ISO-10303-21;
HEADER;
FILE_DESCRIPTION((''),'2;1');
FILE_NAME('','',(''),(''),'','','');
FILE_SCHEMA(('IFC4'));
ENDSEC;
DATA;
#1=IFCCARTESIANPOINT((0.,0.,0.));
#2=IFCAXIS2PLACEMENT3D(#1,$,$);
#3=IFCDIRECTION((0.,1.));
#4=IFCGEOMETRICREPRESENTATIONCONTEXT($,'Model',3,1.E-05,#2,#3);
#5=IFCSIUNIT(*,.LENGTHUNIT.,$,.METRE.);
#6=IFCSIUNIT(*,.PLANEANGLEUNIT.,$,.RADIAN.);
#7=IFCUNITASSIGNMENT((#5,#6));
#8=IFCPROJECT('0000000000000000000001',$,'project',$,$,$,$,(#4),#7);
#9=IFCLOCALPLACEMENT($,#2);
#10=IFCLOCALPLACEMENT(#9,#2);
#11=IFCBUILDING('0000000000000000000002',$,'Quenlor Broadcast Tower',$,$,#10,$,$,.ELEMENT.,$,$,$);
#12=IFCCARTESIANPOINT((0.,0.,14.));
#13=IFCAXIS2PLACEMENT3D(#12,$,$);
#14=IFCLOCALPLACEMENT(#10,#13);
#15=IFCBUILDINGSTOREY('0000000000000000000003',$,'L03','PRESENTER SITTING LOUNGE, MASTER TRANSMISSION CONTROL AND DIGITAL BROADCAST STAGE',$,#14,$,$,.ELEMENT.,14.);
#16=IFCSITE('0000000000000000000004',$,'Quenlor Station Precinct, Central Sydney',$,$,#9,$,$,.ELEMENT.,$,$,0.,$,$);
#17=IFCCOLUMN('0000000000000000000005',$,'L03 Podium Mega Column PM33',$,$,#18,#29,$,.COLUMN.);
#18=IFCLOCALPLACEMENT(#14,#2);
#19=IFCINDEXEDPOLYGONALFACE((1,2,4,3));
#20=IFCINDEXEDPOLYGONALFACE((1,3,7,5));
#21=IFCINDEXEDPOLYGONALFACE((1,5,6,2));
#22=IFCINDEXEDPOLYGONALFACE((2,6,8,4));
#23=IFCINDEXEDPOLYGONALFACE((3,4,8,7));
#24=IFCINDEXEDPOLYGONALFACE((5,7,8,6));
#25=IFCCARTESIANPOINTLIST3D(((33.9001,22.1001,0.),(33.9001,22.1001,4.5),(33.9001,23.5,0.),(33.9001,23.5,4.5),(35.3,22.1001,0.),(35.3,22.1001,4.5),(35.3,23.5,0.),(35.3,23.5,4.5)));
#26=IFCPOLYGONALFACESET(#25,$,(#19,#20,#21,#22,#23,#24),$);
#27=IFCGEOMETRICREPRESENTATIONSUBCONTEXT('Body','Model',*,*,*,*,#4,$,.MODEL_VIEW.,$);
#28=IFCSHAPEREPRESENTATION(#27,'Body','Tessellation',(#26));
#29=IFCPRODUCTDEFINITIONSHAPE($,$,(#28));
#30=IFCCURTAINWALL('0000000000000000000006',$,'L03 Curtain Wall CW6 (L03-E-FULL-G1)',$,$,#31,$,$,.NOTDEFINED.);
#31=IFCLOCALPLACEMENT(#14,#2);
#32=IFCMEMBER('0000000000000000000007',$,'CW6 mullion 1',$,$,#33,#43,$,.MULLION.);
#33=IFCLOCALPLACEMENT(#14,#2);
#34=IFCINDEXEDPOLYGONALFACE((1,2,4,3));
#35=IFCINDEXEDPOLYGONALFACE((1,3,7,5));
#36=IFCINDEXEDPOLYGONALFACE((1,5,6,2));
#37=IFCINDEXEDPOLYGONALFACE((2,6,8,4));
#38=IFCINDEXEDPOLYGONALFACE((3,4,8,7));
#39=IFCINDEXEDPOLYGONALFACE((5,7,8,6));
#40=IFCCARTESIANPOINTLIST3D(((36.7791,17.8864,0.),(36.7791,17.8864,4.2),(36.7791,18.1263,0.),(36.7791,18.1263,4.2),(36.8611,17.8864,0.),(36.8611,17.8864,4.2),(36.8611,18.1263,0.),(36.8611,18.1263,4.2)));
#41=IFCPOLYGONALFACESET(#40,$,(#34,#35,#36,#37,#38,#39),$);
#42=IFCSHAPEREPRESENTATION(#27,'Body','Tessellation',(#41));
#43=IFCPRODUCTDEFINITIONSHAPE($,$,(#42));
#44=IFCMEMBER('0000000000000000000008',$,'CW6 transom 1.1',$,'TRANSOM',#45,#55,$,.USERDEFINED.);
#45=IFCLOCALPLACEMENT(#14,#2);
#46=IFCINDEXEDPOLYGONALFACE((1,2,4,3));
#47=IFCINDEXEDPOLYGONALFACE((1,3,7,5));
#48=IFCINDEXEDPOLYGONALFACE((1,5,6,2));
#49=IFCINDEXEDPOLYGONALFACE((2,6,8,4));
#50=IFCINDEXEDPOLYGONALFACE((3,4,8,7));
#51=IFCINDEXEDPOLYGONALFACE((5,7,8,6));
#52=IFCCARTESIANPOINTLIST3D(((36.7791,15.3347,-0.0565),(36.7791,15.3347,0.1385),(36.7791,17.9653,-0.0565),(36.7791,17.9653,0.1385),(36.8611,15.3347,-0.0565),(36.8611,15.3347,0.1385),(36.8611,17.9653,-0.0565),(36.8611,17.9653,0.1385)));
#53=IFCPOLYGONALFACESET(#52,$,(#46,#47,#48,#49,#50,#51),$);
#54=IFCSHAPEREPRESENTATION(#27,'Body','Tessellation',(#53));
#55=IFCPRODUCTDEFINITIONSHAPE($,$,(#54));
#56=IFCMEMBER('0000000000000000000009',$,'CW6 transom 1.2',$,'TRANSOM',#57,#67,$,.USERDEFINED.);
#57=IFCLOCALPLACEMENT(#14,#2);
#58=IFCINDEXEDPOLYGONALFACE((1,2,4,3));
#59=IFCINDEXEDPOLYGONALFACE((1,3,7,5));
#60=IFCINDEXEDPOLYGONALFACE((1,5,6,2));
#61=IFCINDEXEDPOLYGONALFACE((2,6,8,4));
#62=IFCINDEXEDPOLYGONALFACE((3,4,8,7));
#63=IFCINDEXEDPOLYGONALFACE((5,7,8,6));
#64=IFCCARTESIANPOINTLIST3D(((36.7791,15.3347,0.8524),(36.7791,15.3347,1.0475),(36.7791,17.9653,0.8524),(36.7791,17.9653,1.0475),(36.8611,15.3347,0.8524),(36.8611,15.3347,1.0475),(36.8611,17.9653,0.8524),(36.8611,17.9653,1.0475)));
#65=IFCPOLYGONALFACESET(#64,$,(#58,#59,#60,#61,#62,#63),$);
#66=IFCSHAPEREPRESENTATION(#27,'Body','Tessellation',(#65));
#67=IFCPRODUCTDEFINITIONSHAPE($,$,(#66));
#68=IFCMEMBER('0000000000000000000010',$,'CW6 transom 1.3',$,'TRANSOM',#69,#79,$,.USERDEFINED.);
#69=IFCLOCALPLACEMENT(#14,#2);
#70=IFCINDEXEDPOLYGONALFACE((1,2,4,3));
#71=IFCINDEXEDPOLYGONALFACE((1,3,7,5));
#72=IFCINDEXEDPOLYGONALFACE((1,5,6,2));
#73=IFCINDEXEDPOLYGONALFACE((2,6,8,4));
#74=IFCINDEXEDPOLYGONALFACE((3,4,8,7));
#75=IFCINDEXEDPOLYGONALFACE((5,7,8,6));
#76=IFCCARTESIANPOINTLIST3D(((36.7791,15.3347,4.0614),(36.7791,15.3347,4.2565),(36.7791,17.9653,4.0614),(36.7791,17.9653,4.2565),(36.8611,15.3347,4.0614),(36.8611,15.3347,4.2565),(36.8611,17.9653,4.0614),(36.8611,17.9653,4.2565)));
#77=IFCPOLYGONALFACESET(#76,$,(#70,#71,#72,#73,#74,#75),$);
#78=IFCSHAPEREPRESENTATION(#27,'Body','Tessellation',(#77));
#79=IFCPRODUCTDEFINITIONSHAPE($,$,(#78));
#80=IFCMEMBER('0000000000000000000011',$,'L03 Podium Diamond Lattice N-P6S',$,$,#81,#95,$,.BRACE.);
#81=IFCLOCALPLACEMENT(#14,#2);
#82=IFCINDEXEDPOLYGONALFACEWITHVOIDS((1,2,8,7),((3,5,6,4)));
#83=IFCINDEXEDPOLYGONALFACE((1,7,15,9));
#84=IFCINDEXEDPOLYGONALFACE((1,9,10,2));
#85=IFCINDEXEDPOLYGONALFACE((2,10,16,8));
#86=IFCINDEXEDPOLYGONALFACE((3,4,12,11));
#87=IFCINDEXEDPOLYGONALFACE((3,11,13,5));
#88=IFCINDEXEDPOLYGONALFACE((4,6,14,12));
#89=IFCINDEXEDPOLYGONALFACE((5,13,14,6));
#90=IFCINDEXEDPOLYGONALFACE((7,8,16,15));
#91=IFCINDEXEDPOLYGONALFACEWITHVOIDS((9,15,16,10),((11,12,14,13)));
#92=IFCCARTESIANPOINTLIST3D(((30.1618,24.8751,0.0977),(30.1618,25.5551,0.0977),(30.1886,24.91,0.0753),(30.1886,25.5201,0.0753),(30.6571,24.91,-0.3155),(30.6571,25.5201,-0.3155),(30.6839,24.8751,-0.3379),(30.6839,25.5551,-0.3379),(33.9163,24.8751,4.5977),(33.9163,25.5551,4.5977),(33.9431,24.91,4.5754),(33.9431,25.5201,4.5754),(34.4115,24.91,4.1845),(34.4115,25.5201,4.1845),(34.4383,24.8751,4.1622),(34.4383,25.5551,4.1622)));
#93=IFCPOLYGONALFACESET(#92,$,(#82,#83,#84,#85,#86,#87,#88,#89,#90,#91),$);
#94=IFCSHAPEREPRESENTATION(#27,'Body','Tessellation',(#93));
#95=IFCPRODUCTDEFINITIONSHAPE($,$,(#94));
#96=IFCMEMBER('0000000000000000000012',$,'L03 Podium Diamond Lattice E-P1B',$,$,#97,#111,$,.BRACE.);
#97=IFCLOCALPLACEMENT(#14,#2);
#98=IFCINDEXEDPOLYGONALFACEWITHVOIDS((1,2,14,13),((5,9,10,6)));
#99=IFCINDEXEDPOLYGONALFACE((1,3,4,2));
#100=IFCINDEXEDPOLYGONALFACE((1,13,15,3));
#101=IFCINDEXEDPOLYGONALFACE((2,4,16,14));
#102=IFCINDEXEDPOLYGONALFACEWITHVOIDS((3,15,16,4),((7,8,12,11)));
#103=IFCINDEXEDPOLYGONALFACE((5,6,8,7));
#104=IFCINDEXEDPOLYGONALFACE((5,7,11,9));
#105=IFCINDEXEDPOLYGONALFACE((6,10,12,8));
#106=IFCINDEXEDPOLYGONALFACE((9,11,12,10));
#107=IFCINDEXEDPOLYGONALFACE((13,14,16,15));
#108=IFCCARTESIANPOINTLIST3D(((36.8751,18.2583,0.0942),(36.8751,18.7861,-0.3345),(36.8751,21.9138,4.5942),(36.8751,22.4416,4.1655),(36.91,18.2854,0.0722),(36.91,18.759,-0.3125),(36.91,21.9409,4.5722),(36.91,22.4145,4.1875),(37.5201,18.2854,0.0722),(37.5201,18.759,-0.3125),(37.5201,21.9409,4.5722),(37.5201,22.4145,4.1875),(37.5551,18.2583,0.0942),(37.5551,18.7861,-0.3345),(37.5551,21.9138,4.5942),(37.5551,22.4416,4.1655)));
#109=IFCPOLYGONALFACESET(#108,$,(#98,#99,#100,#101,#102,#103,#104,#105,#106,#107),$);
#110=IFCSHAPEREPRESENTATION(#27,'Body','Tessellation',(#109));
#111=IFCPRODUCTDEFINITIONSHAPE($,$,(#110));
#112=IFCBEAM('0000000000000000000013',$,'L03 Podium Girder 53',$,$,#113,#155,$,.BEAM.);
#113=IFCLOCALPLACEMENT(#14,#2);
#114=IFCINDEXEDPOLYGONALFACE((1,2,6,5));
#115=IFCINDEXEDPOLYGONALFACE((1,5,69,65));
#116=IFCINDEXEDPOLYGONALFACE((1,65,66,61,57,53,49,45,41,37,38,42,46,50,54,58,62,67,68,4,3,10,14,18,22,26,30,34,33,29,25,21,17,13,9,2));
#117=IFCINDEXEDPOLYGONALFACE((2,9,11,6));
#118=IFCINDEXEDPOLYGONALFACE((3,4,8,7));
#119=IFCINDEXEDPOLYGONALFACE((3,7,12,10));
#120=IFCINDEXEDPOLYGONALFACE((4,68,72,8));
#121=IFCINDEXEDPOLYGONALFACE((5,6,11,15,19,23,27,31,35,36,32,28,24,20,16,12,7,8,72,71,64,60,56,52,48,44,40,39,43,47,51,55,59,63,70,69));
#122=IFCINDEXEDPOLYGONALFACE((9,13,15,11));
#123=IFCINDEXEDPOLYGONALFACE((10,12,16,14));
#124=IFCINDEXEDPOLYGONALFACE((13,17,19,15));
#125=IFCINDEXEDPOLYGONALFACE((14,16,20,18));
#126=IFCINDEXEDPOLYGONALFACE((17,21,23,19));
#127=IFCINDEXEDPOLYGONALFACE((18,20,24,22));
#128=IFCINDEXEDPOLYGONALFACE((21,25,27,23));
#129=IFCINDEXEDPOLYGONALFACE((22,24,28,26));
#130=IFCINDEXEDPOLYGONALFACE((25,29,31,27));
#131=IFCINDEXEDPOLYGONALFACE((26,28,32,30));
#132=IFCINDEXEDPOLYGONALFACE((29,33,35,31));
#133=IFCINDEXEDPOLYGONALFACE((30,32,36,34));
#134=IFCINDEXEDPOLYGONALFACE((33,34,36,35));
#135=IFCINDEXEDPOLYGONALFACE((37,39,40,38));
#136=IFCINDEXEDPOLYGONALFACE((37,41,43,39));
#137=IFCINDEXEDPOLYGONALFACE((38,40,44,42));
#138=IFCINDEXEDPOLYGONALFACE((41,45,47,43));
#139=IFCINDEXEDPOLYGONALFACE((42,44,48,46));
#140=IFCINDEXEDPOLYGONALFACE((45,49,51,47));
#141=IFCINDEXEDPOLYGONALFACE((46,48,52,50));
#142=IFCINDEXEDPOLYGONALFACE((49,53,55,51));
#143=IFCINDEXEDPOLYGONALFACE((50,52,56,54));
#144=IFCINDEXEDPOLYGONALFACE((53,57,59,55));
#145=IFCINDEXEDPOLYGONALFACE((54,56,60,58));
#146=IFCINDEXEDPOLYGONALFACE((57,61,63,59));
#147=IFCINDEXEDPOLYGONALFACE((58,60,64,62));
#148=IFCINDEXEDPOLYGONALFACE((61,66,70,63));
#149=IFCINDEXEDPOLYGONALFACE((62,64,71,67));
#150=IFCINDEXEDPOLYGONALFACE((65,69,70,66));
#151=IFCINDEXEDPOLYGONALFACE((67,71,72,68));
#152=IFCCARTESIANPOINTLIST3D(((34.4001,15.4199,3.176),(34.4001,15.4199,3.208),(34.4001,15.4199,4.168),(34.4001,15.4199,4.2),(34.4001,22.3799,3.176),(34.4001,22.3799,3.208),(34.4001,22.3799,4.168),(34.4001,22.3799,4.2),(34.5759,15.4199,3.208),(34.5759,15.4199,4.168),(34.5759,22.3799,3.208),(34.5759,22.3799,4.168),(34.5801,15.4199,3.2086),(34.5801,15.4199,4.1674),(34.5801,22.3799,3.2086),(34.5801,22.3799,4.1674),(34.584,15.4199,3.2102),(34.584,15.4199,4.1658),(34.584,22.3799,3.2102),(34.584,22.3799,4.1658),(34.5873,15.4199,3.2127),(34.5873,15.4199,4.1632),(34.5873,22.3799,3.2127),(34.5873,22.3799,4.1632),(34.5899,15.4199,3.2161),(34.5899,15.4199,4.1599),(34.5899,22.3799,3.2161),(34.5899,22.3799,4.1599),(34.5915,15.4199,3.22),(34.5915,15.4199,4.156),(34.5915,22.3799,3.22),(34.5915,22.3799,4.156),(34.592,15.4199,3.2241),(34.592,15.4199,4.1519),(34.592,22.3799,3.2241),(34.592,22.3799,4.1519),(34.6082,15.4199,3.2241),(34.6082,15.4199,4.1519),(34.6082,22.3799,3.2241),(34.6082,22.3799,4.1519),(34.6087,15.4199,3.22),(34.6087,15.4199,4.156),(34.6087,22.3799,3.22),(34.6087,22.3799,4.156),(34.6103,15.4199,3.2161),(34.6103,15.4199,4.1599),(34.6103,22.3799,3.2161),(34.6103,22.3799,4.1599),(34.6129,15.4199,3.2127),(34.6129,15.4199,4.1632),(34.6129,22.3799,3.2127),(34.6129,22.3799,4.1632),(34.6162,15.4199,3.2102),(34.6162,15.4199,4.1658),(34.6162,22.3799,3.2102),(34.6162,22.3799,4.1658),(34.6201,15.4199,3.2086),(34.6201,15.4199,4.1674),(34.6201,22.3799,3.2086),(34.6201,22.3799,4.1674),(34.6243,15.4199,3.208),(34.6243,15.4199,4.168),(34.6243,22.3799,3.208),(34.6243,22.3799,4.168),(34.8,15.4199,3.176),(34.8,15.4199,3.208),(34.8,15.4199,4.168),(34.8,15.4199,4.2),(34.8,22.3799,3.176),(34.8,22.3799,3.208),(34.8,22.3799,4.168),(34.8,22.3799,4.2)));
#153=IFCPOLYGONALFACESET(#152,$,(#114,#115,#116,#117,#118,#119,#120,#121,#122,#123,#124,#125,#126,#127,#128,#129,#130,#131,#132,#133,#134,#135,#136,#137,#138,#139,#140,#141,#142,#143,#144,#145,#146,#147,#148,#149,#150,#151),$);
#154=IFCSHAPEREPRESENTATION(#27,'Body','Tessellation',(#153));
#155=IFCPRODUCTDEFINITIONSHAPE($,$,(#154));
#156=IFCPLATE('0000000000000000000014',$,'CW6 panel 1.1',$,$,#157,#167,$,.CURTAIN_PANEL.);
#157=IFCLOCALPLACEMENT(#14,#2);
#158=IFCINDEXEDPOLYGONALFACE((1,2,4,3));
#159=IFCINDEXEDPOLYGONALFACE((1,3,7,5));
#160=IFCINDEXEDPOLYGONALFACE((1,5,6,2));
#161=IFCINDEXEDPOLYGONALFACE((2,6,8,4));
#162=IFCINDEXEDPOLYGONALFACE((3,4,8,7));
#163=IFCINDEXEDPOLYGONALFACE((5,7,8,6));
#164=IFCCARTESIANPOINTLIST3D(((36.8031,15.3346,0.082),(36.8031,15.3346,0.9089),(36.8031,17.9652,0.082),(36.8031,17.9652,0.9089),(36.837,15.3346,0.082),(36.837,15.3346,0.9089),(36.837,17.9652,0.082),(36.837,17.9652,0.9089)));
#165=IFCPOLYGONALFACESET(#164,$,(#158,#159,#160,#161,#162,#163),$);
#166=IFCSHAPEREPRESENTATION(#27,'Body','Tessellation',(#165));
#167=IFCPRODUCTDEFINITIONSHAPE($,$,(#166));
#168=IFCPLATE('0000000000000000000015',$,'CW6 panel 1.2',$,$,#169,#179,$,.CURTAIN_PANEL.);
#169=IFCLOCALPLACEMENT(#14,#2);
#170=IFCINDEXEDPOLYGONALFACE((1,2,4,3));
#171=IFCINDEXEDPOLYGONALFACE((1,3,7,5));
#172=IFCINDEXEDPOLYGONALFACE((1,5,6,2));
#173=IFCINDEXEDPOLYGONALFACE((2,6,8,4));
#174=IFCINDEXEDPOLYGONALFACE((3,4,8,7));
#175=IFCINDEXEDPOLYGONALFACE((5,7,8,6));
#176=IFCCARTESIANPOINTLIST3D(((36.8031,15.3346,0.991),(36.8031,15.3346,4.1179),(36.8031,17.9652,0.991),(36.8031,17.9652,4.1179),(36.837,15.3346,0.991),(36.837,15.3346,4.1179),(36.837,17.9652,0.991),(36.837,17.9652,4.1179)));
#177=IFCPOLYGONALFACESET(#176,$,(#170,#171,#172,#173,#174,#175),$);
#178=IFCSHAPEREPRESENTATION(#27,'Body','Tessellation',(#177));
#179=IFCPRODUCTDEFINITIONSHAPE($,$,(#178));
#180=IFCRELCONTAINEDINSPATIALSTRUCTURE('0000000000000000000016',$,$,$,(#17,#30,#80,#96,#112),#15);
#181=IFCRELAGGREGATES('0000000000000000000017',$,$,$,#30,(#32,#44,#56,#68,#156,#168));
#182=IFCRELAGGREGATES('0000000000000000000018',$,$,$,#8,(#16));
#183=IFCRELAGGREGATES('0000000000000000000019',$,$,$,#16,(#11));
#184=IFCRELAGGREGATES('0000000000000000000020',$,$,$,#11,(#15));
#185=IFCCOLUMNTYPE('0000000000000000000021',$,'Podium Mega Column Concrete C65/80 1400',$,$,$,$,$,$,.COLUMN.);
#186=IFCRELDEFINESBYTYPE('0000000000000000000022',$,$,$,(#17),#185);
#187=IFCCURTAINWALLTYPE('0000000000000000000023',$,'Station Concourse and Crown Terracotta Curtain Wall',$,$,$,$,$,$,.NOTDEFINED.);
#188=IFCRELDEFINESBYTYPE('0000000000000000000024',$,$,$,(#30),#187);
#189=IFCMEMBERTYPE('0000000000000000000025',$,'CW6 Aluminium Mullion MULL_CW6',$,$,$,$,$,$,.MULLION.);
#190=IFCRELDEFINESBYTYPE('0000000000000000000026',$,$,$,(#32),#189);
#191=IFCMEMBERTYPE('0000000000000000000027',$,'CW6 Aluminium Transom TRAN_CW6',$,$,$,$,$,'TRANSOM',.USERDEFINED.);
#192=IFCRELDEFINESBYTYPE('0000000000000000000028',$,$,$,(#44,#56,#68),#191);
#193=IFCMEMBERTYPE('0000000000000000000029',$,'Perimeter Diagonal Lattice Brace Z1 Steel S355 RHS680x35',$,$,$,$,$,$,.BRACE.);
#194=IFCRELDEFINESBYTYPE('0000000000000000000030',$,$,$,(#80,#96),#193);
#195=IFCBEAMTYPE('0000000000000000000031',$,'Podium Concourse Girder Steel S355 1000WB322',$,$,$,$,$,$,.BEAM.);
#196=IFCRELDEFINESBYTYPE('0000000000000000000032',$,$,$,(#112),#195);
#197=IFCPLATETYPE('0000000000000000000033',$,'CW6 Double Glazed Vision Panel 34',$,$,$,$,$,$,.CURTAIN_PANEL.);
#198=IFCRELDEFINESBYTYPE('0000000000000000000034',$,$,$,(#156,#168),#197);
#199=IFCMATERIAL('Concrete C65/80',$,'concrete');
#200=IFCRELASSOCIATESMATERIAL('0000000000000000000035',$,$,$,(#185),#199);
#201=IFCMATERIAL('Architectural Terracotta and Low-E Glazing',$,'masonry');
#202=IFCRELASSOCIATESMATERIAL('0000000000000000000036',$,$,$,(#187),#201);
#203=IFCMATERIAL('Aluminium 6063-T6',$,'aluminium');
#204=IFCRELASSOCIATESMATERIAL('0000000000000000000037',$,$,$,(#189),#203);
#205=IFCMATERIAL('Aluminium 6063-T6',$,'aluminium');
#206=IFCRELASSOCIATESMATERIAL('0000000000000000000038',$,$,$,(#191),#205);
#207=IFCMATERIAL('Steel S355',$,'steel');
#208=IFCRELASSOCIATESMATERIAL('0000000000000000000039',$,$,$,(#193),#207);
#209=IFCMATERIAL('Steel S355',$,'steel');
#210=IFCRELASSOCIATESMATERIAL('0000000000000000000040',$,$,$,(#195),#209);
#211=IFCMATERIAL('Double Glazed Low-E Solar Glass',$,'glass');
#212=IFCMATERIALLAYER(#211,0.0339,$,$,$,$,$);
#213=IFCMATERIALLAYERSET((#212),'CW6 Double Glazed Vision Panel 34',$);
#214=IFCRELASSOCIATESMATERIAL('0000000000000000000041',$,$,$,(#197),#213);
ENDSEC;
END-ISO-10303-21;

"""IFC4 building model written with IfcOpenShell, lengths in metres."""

from ifc_helpers import new_model, si_unit, direction, frame, origin, origin_2d, place, context, subcontext, project, spatial, rectangle, hollow_rectangle, i_section, extrude, material, layer, layer_set, material_profile, profile_set, type_object, element, aggregate, save


model = new_model("IFC4")

# Units and contexts
model_context = context("Model", 3, precision=1e-05, world=origin(), true_north=direction((0.0, 1.0)))
body_context = subcontext(model_context, "Body", "Model", "MODEL_VIEW")
ifc_project = project(units=[si_unit("LENGTHUNIT", "METRE"), si_unit("PLANEANGLEUNIT", "RADIAN")], contexts=[model_context])

# Site, building, storey
site_placement = place(None, origin())
site = spatial("IfcSite", under=ifc_project, at=site_placement, Name="Quenlor Station Precinct, Central Sydney", CompositionType="ELEMENT", RefElevation=0.0)
building_placement = place(site_placement, origin())
building = spatial("IfcBuilding", under=site, at=building_placement, Name="Quenlor Broadcast Tower", CompositionType="ELEMENT")
storey_placement = place(building_placement, frame((0.0, 0.0, 14.0)))
storey = spatial("IfcBuildingStorey", under=building, at=storey_placement, Name="L03", Description="PRESENTER SITTING LOUNGE, MASTER TRANSMISSION CONTROL AND DIGITAL BROADCAST STAGE", CompositionType="ELEMENT", Elevation=14.0)

# Column
ifc_material_1 = material(Name="Concrete C65/80", Category="concrete")
ifc_material_profile_1 = material_profile(ifc_material_1, rectangle(XDim=1.3999, YDim=1.3999, at=origin_2d()))
ifc_profile_set_1 = profile_set([ifc_material_profile_1], Name="Concrete C65/80 RC1400x1400")
column_type = type_object("IfcColumnType", Name="Podium Mega Column Concrete C65/80 1400", PredefinedType="COLUMN", material=ifc_profile_set_1)
column_placement = place(storey_placement, frame((34.6001, 22.8, 0.0), z_axis=(0.0, 0.0, 1.0), x_axis=(1.0, 0.0, 0.0)))
element("IfcColumn", 1, at=column_placement, inside=storey, type_object=column_type, Name="L03 Podium Mega Column PM33", PredefinedType="COLUMN", context=body_context, shape_type="SweptSolid", body=[
    extrude(rectangle(XDim=1.3999, YDim=1.3999, at=origin_2d()), origin(), (0.0, 0.0, 1.0), 4.5),
])

# Curtain wall, members
ifc_material_2 = material(Name="Architectural Terracotta and Low-E Glazing", Category="masonry")
curtain_wall_type = type_object("IfcCurtainWallType", Name="Station Concourse and Crown Terracotta Curtain Wall", PredefinedType="NOTDEFINED", material=ifc_material_2)
curtain_wall_placement = place(storey_placement, origin())
curtain_wall = element("IfcCurtainWall", 2, at=curtain_wall_placement, inside=storey, type_object=curtain_wall_type, Name="L03 Curtain Wall CW6 (L03-E-FULL-G1)", PredefinedType="NOTDEFINED")
ifc_material_3 = material(Name="Aluminium 6063-T6", Category="aluminium")
ifc_material_profile_2 = material_profile(ifc_material_3, rectangle(XDim=0.082, YDim=0.24, at=origin_2d()))
ifc_profile_set_2 = profile_set([ifc_material_profile_2], Name="Aluminium 6063-T6 MULL82x240")
member_type_1 = type_object("IfcMemberType", Name="CW6 Aluminium Mullion MULL_CW6", PredefinedType="MULLION", material=ifc_profile_set_2)
member_1_placement = place(storey_placement, frame((36.8201, 18.0063, 0.0), z_axis=(0.0, 0.0, 1.0), x_axis=(1.0, 0.0, 0.0)))
member_1 = element("IfcMember", 3, at=member_1_placement, type_object=member_type_1, Name="CW6 mullion 1", PredefinedType="MULLION", context=body_context, shape_type="SweptSolid", body=[
    extrude(rectangle(XDim=0.082, YDim=0.24, at=origin_2d()), origin(), (0.0, 0.0, 1.0), 4.2),
])
ifc_material_4 = material(Name="Aluminium 6063-T6", Category="aluminium")
ifc_material_profile_3 = material_profile(ifc_material_4, rectangle(XDim=0.082, YDim=0.1951, at=origin_2d()))
ifc_profile_set_3 = profile_set([ifc_material_profile_3], Name="Aluminium 6063-T6 TRAN82x195")
member_type_2 = type_object("IfcMemberType", Name="CW6 Aluminium Transom TRAN_CW6", ElementType="TRANSOM", PredefinedType="USERDEFINED", material=ifc_profile_set_3)
member_2_placement = place(storey_placement, frame((36.8201, 17.9653, 0.041), z_axis=(0.0, -1.0, 0.0), x_axis=(1.0, 0.0, 0.0)))
member_2 = element("IfcMember", 4, at=member_2_placement, type_object=member_type_2, Name="CW6 transom 1.1", ObjectType="TRANSOM", PredefinedType="USERDEFINED", context=body_context, shape_type="SweptSolid", body=[
    extrude(rectangle(XDim=0.082, YDim=0.1951, at=origin_2d()), origin(), (0.0, 0.0, 1.0), 2.6306),
])
member_3_placement = place(storey_placement, frame((36.8201, 17.9653, 0.95), z_axis=(0.0, -1.0, 0.0), x_axis=(1.0, 0.0, 0.0)))
member_3 = element("IfcMember", 5, at=member_3_placement, type_object=member_type_2, Name="CW6 transom 1.2", ObjectType="TRANSOM", PredefinedType="USERDEFINED", context=body_context, shape_type="SweptSolid", body=[
    extrude(rectangle(XDim=0.082, YDim=0.1951, at=origin_2d()), origin(), (0.0, 0.0, 1.0), 2.6306),
])
member_4_placement = place(storey_placement, frame((36.8201, 17.9653, 4.1589), z_axis=(0.0, -1.0, 0.0), x_axis=(1.0, 0.0, 0.0)))
member_4 = element("IfcMember", 6, at=member_4_placement, type_object=member_type_2, Name="CW6 transom 1.3", ObjectType="TRANSOM", PredefinedType="USERDEFINED", context=body_context, shape_type="SweptSolid", body=[
    extrude(rectangle(XDim=0.082, YDim=0.1951, at=origin_2d()), origin(), (0.0, 0.0, 1.0), 2.6306),
])

# Members
ifc_material_5 = material(Name="Steel S355", Category="steel")
ifc_material_profile_4 = material_profile(ifc_material_5, hollow_rectangle(XDim=0.6799, YDim=0.6799, WallThickness=0.0349, at=origin_2d()))
ifc_profile_set_4 = profile_set([ifc_material_profile_4], Name="Steel S355 RHS680x680x35")
member_type_3 = type_object("IfcMemberType", Name="Perimeter Diagonal Lattice Brace Z1 Steel S355 RHS680x35", PredefinedType="BRACE", material=ifc_profile_set_4)
member_5_placement = place(storey_placement, frame((30.4229, 25.2151, -0.1201), z_axis=(0.640627, 0.0, 0.767852), x_axis=(0.0, 1.0, 0.0)))
element("IfcMember", 7, at=member_5_placement, inside=storey, type_object=member_type_3, Name="L03 Podium Diamond Lattice N-P6S", PredefinedType="BRACE", context=body_context, shape_type="SweptSolid", body=[
    extrude(hollow_rectangle(XDim=0.6799, YDim=0.6799, WallThickness=0.0349, at=origin_2d()), origin(), (0.0, 0.0, 1.0), 5.8606),
])
member_6_placement = place(storey_placement, frame((37.2151, 18.5222, -0.1201), z_axis=(0.0, 0.630517, 0.776176), x_axis=(-1.0, 0.0, 0.0)))
element("IfcMember", 8, at=member_6_placement, inside=storey, type_object=member_type_3, Name="L03 Podium Diamond Lattice E-P1B", PredefinedType="BRACE", context=body_context, shape_type="SweptSolid", body=[
    extrude(hollow_rectangle(XDim=0.6799, YDim=0.6799, WallThickness=0.0349, at=origin_2d()), origin(), (0.0, 0.0, 1.0), 5.7976),
])

# Beam
ifc_material_6 = material(Name="Steel S355", Category="steel")
ifc_material_profile_5 = material_profile(ifc_material_6, i_section(OverallWidth=0.3999, OverallDepth=1.0239, WebThickness=0.0161, FlangeThickness=0.032, FilletRadius=0.0161, at=origin_2d()))
ifc_profile_set_5 = profile_set([ifc_material_profile_5], Name="Steel S355 1000WB322")
beam_type = type_object("IfcBeamType", Name="Podium Concourse Girder Steel S355 1000WB322", PredefinedType="BEAM", material=ifc_profile_set_5)
beam_placement = place(storey_placement, frame((34.6001, 15.4199, 3.688), z_axis=(0.0, 1.0, 0.0), x_axis=(-1.0, 0.0, 0.0)))
element("IfcBeam", 9, at=beam_placement, inside=storey, type_object=beam_type, Name="L03 Podium Girder 53", PredefinedType="BEAM", context=body_context, shape_type="SweptSolid", body=[
    extrude(i_section(OverallWidth=0.3999, OverallDepth=1.0239, WebThickness=0.0161, FlangeThickness=0.032, FilletRadius=0.0161, at=origin_2d()), origin(), (0.0, 0.0, 1.0), 6.96),
])

# Plates
ifc_material_7 = material(Name="Double Glazed Low-E Solar Glass", Category="glass")
ifc_layer_1 = layer(ifc_material_7, 0.0339)
ifc_layer_set_1 = layer_set([ifc_layer_1], Name="CW6 Double Glazed Vision Panel 34")
plate_type_1 = type_object("IfcPlateType", Name="CW6 Double Glazed Vision Panel 34", PredefinedType="CURTAIN_PANEL", material=ifc_layer_set_1)
plate_1_placement = place(storey_placement, frame((36.8201, 16.6499, 0.082), z_axis=(0.0, 0.0, 1.0), x_axis=(0.0, -1.0, 0.0)))
plate_1 = element("IfcPlate", 10, at=plate_1_placement, type_object=plate_type_1, Name="CW6 panel 1.1", PredefinedType="CURTAIN_PANEL", context=body_context, shape_type="SweptSolid", body=[
    extrude(rectangle(XDim=2.6306, YDim=0.0339, at=origin_2d()), origin(), (0.0, 0.0, 1.0), 0.8269),
])
plate_2_placement = place(storey_placement, frame((36.8201, 16.6499, 0.991), z_axis=(0.0, 0.0, 1.0), x_axis=(0.0, -1.0, 0.0)))
plate_2 = element("IfcPlate", 11, at=plate_2_placement, type_object=plate_type_1, Name="CW6 panel 1.2", PredefinedType="CURTAIN_PANEL", context=body_context, shape_type="SweptSolid", body=[
    extrude(rectangle(XDim=2.6306, YDim=0.0339, at=origin_2d()), origin(), (0.0, 0.0, 1.0), 3.127),
])
aggregate(curtain_wall, [member_1, member_2, member_3, member_4, plate_1, plate_2])

save(model, "model.ifc")
